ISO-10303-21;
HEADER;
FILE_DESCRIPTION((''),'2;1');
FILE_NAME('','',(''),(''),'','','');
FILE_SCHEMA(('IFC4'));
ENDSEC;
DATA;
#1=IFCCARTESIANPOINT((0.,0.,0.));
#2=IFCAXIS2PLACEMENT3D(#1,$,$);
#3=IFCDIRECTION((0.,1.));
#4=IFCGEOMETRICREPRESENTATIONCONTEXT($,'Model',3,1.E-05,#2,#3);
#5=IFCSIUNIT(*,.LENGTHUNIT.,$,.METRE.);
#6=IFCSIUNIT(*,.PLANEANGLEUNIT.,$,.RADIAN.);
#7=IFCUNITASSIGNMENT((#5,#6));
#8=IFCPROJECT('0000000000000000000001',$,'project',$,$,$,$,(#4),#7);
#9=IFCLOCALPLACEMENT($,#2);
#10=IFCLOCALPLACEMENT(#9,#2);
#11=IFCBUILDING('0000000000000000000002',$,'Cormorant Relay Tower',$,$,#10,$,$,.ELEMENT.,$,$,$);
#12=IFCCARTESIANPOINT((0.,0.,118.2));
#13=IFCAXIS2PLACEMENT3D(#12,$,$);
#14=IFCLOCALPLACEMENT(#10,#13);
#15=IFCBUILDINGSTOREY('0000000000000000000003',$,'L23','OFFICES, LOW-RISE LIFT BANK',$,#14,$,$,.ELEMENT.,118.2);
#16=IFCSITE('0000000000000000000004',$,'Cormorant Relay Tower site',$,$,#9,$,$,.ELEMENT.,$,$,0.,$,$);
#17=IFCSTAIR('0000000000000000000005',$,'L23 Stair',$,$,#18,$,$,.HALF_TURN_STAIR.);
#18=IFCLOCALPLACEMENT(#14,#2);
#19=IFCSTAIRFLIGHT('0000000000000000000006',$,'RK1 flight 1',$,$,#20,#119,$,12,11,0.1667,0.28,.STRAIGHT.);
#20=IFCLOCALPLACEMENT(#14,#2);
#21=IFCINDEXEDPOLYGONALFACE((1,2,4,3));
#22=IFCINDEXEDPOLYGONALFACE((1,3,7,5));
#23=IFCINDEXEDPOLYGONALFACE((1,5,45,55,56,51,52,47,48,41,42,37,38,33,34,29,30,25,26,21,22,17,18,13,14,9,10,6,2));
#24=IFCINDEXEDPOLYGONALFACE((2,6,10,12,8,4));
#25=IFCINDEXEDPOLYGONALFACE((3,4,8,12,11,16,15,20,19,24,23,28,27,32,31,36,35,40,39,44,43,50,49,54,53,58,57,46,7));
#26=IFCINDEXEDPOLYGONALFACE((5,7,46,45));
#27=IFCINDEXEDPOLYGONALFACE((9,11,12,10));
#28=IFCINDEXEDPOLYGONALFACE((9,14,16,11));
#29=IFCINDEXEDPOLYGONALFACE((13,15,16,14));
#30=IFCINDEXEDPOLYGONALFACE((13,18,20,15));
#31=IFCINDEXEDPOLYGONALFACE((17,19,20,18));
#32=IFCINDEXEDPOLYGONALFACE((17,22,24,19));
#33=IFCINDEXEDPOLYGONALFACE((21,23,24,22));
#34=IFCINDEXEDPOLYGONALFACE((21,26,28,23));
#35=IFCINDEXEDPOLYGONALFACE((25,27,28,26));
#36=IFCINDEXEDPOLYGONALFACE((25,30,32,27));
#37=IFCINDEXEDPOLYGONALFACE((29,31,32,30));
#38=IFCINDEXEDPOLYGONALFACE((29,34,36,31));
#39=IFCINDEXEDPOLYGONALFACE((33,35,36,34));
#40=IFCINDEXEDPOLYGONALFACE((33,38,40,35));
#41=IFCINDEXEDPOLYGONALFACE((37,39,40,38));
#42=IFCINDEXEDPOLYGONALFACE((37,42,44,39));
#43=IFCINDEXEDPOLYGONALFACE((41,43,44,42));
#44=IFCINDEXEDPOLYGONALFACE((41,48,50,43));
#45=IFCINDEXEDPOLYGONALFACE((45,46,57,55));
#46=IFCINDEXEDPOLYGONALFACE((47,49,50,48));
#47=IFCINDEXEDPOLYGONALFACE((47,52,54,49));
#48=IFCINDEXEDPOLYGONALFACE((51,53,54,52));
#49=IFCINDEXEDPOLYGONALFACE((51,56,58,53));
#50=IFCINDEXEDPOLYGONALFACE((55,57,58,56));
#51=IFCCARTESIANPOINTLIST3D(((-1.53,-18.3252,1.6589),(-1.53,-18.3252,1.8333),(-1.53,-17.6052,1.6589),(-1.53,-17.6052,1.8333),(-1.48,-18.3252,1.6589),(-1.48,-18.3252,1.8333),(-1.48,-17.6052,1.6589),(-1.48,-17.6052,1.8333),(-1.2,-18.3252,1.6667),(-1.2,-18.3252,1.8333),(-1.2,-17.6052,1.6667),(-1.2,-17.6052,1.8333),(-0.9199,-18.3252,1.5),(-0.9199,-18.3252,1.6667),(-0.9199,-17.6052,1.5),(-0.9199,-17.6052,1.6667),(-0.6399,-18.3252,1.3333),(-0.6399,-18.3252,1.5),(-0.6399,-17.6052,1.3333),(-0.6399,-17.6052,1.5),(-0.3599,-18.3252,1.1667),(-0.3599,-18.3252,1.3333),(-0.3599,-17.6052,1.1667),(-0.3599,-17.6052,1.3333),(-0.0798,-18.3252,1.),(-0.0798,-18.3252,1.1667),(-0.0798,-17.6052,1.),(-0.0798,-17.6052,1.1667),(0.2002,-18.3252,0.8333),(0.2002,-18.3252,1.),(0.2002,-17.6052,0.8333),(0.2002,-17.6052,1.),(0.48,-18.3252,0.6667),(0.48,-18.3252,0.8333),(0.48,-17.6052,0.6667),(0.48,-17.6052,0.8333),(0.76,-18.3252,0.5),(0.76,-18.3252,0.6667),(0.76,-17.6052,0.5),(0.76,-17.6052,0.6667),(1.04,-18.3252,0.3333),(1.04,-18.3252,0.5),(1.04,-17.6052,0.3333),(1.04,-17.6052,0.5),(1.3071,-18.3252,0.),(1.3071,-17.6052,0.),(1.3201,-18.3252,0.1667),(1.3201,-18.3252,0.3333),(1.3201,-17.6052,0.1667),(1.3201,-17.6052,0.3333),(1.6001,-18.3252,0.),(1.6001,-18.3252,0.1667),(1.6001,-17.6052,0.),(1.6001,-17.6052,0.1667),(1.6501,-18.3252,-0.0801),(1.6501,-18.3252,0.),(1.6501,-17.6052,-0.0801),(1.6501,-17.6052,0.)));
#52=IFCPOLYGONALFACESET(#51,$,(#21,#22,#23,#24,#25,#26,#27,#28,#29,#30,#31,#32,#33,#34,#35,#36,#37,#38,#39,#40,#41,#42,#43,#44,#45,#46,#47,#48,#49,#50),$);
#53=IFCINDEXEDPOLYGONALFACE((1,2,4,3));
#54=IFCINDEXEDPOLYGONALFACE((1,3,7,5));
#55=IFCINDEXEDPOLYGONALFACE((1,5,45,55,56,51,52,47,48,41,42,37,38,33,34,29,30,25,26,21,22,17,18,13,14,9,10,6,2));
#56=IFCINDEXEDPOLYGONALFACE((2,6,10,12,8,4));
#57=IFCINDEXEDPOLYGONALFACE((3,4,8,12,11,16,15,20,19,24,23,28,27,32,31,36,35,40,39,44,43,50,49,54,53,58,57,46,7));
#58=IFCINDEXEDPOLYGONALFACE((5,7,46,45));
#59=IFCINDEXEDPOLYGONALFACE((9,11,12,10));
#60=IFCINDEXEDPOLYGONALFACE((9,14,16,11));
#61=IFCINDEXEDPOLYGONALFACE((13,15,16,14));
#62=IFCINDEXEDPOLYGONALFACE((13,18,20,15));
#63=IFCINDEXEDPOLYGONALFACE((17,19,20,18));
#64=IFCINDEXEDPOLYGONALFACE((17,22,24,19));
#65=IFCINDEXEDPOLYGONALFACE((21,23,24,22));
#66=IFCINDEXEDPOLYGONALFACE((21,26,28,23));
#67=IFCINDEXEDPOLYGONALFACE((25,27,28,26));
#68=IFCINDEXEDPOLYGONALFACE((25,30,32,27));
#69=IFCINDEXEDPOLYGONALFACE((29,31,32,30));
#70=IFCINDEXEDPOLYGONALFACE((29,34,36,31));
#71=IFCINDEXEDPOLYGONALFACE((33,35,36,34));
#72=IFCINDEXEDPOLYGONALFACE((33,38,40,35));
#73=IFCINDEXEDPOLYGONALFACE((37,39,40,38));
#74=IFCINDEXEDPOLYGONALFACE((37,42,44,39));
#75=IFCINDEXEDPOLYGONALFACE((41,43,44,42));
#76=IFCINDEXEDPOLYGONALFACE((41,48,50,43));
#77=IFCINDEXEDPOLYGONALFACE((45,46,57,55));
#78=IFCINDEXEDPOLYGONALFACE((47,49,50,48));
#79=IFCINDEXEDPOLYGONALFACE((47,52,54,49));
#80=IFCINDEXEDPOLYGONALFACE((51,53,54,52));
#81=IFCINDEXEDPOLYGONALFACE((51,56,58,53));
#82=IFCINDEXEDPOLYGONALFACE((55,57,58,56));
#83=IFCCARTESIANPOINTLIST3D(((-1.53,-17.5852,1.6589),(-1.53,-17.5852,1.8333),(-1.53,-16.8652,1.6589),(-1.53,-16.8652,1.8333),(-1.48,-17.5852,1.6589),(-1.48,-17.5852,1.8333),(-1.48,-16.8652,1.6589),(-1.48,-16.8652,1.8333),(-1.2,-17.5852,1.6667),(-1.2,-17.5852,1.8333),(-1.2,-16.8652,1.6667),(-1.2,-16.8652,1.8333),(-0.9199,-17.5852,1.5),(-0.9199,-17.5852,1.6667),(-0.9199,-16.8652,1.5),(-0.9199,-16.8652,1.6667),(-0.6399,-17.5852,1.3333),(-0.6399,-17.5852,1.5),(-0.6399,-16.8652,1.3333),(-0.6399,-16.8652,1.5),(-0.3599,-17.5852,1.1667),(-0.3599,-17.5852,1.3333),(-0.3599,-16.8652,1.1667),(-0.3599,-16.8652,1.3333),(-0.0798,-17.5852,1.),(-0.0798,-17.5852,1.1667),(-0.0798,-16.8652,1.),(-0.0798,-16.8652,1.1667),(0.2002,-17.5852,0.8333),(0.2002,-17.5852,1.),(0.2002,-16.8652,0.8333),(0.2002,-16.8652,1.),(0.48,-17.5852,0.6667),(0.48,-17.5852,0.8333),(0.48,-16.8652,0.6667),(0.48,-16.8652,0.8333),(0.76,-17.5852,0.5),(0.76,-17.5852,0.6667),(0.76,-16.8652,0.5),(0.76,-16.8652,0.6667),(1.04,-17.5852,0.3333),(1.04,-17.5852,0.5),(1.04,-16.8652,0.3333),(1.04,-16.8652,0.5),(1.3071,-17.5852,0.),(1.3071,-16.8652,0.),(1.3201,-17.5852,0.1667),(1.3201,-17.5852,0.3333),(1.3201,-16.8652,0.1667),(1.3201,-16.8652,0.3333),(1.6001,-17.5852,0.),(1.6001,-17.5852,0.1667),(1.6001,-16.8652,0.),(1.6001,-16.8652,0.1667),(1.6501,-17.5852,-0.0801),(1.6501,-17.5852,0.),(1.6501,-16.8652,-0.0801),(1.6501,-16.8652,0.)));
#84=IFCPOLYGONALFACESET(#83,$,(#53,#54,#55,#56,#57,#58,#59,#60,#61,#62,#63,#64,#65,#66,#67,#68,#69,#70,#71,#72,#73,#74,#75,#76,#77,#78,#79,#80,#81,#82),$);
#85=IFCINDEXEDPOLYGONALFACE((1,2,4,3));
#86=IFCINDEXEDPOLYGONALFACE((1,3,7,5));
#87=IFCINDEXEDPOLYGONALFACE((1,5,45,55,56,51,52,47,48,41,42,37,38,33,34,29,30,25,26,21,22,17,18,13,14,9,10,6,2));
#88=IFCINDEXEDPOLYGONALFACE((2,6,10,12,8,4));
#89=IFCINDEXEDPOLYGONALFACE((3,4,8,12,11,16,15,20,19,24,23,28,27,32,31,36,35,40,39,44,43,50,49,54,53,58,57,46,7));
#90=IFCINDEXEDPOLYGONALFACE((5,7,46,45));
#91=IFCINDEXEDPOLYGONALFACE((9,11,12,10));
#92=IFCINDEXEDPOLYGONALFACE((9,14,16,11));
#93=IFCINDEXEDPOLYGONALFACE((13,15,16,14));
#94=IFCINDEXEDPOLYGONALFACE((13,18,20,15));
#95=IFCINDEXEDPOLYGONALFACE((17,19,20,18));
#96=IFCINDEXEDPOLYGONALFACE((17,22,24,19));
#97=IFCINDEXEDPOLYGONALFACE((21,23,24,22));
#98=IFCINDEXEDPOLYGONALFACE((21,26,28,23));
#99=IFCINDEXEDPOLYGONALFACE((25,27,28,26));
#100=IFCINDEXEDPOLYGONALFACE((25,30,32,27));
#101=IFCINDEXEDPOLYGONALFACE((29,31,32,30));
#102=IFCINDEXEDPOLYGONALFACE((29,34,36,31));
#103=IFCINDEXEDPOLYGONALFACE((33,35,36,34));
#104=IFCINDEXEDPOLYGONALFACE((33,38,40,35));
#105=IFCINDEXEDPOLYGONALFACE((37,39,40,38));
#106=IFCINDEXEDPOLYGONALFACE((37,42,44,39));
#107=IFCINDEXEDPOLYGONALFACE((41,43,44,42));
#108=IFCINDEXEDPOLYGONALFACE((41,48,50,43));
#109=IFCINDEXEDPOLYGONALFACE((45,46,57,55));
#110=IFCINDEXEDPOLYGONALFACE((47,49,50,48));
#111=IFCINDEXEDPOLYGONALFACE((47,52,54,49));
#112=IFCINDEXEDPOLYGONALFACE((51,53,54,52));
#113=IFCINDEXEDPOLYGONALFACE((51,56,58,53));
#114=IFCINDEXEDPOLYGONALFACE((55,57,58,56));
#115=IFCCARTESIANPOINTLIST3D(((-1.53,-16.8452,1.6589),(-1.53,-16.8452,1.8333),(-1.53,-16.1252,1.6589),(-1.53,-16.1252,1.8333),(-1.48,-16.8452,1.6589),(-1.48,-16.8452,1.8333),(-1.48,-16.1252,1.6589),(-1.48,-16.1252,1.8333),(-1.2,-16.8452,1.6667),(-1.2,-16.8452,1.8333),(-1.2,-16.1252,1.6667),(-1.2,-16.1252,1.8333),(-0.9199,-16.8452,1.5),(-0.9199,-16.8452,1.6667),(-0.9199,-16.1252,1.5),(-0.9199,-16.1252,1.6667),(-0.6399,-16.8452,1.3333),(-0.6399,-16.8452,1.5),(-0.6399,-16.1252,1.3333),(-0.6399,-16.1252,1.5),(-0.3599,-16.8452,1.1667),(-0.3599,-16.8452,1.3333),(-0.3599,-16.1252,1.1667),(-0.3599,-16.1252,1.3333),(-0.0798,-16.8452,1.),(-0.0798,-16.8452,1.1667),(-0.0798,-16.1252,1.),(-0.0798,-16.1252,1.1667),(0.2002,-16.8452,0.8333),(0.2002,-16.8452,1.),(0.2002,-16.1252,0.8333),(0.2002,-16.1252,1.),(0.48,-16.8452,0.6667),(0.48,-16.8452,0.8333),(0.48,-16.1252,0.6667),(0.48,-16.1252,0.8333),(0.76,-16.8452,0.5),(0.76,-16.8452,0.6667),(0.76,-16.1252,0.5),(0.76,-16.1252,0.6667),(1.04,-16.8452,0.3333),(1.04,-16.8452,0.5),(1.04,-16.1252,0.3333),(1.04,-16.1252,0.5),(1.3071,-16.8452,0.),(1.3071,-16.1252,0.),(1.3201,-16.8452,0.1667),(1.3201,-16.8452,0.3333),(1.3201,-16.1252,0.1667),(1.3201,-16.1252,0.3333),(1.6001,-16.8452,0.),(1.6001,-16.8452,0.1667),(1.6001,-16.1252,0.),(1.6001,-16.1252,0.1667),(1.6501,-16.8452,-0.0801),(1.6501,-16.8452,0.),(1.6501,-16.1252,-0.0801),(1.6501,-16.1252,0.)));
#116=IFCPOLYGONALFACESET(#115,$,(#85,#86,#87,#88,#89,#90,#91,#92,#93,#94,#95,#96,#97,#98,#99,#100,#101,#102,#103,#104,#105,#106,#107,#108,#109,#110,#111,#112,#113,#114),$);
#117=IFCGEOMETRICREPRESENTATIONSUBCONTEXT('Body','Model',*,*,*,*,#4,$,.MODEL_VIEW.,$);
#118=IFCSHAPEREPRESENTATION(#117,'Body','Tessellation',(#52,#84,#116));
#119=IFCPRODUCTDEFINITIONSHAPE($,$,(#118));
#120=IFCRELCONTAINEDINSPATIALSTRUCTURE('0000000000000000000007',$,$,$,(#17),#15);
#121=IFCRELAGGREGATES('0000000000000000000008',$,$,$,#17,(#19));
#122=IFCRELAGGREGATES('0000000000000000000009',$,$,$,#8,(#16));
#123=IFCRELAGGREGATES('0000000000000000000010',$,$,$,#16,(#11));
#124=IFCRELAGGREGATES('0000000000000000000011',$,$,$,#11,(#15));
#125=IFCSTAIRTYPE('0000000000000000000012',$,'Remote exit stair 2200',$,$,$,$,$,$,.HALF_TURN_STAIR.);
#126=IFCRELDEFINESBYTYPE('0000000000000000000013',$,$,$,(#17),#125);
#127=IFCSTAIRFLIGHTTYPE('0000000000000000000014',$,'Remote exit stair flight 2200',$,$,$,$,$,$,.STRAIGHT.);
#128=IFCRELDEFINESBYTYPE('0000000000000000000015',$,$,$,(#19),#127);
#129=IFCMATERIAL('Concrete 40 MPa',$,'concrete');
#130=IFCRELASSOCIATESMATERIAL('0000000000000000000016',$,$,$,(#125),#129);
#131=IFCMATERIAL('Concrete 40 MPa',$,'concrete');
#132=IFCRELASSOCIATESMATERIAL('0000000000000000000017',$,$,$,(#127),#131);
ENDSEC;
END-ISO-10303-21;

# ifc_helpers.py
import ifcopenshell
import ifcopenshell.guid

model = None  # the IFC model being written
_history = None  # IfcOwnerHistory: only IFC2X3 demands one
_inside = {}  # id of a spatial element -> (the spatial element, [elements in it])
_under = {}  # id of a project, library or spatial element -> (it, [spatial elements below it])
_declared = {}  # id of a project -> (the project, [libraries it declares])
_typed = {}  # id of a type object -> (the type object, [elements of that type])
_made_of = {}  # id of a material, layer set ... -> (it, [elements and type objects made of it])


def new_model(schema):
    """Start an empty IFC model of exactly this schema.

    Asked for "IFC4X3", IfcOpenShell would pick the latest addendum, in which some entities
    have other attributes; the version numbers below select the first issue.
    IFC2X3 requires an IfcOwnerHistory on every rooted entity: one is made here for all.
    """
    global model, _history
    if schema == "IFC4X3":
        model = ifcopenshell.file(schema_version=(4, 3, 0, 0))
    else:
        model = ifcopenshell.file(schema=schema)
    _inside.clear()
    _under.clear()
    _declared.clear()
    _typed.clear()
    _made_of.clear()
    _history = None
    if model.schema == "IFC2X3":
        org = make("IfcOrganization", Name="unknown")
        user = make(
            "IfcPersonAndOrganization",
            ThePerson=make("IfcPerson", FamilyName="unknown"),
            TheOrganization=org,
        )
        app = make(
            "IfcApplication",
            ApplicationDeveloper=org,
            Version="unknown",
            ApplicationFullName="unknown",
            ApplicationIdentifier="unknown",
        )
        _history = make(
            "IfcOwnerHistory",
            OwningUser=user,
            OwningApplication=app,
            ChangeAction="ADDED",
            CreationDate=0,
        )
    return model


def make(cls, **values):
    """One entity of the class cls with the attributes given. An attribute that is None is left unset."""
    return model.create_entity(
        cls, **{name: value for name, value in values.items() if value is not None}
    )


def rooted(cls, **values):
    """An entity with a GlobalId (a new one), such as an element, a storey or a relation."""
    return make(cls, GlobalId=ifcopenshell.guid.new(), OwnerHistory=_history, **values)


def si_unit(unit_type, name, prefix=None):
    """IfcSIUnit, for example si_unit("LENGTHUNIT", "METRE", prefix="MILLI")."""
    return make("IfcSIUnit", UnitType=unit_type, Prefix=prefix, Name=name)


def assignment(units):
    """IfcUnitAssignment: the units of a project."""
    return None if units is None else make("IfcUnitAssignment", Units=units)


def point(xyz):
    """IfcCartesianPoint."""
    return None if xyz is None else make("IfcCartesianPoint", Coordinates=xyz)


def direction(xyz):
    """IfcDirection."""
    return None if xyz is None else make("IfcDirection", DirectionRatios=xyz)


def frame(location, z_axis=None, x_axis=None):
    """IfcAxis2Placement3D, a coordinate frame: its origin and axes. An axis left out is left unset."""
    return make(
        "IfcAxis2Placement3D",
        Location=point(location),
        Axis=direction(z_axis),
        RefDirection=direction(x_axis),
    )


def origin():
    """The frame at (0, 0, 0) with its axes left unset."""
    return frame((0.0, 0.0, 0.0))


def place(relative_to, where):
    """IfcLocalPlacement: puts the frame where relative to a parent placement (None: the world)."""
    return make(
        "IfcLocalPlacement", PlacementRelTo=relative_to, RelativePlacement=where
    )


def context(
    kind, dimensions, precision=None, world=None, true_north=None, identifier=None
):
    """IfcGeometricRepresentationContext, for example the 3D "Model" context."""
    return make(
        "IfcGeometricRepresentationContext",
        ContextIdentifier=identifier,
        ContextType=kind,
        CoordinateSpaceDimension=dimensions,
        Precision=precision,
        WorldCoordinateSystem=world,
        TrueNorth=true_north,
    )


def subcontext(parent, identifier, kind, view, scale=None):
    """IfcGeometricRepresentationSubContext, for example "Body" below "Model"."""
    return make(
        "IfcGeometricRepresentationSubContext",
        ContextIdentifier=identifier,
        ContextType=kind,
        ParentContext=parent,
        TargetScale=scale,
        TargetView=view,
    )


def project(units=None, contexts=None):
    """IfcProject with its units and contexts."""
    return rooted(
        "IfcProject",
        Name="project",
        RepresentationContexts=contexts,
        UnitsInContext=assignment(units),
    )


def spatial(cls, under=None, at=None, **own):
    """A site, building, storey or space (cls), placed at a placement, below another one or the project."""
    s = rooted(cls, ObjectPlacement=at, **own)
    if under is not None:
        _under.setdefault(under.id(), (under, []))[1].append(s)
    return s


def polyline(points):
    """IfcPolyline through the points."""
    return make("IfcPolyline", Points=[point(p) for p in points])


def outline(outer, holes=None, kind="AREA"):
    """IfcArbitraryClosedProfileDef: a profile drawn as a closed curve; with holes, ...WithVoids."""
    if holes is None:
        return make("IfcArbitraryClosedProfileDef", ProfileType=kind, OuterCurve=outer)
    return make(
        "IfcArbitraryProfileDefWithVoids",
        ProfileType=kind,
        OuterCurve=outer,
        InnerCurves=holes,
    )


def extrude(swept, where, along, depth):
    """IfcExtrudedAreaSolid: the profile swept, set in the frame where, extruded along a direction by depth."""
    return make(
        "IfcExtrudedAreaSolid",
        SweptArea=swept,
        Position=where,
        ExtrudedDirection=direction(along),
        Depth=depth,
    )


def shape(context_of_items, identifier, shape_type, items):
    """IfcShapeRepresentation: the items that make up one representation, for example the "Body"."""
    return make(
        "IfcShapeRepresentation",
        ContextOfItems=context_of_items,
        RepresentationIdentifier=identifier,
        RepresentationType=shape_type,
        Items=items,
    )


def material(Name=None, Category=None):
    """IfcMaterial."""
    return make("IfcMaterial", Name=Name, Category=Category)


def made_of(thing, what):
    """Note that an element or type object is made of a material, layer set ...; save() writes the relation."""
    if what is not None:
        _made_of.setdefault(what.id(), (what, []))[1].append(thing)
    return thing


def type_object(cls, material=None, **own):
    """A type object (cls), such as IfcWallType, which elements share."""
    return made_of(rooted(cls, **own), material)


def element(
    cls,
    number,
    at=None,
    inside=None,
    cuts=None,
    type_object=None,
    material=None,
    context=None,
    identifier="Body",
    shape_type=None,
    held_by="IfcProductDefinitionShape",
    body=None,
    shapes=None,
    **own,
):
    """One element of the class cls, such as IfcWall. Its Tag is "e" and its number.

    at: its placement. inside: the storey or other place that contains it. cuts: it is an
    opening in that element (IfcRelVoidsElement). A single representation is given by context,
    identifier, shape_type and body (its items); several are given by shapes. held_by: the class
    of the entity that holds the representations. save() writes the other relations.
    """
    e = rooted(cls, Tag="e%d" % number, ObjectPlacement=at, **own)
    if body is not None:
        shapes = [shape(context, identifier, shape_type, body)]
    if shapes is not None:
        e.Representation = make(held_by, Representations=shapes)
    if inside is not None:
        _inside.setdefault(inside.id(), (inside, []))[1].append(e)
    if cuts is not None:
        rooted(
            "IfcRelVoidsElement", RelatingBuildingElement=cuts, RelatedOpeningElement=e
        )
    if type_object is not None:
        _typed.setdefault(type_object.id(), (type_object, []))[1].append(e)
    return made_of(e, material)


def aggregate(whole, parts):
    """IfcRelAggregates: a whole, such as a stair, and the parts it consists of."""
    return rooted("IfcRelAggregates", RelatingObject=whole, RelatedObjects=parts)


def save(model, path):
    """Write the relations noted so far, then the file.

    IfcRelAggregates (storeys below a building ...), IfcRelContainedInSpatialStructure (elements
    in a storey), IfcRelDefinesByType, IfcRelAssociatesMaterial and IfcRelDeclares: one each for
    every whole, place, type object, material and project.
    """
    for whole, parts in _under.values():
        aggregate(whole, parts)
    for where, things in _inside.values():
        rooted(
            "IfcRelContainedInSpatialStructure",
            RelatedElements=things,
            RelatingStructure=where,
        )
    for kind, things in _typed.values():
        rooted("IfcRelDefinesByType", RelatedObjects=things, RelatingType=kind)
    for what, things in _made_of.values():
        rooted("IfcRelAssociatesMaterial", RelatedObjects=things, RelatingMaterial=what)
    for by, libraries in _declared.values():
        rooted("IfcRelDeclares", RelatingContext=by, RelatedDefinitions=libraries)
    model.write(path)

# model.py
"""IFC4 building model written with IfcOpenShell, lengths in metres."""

from ifc_helpers import new_model, si_unit, direction, frame, origin, place, context, subcontext, project, spatial, polyline, outline, extrude, material, type_object, element, aggregate, save


model = new_model("IFC4")

# Units and contexts
model_context = context("Model", 3, precision=1e-05, world=origin(), true_north=direction((0.0, 1.0)))
body_context = subcontext(model_context, "Body", "Model", "MODEL_VIEW")
ifc_project = project(units=[si_unit("LENGTHUNIT", "METRE"), si_unit("PLANEANGLEUNIT", "RADIAN")], contexts=[model_context])

# Site, building, storey
site_placement = place(None, origin())
site = spatial("IfcSite", under=ifc_project, at=site_placement, Name="Cormorant Relay Tower site", CompositionType="ELEMENT", RefElevation=0.0)
building_placement = place(site_placement, origin())
building = spatial("IfcBuilding", under=site, at=building_placement, Name="Cormorant Relay Tower", CompositionType="ELEMENT")
storey_placement = place(building_placement, frame((0.0, 0.0, 118.2)))
storey = spatial("IfcBuildingStorey", under=building, at=storey_placement, Name="L23", Description="OFFICES, LOW-RISE LIFT BANK", CompositionType="ELEMENT", Elevation=118.2)

# Stair, stair flight
ifc_material_1 = material(Name="Concrete 40 MPa", Category="concrete")
stair_type = type_object("IfcStairType", Name="Remote exit stair 2200", PredefinedType="HALF_TURN_STAIR", material=ifc_material_1)
stair_placement = place(storey_placement, origin())
stair = element("IfcStair", 1, at=stair_placement, inside=storey, type_object=stair_type, Name="L23 Stair", PredefinedType="HALF_TURN_STAIR")
ifc_material_2 = material(Name="Concrete 40 MPa", Category="concrete")
stair_flight_type = type_object("IfcStairFlightType", Name="Remote exit stair flight 2200", PredefinedType="STRAIGHT", material=ifc_material_2)
stair_flight_1_placement = place(storey_placement, frame((1.6001, -17.2251, 0.0), z_axis=(0.0, 0.0, 1.0), x_axis=(-1.0, 0.0, 0.0)))
stair_flight_1 = element("IfcStairFlight", 2, at=stair_flight_1_placement, type_object=stair_flight_type, Name="RK1 flight 1", NumberOfRisers=12, NumberOfTreads=11, PredefinedType="STRAIGHT", RiserHeight=0.1667, TreadLength=0.28, context=body_context, shape_type="SweptSolid", body=[
    extrude(outline(polyline([(-0.05, -0.0801), (-0.05, 0.0), (0.0, 0.0), (0.0, 0.1667), (0.28, 0.1667), (0.28, 0.3333), (0.5601, 0.3333), (0.5601, 0.5), (0.8401, 0.5), (0.8401, 0.6667), (1.1201, 0.6667), (1.1201, 0.8333), (1.3999, 0.8333), (1.3999, 1.0), (1.6799, 1.0), (1.6799, 1.1667), (1.96, 1.1667), (1.96, 1.3333), (2.24, 1.3333), (2.24, 1.5), (2.52, 1.5), (2.52, 1.6667), (2.8, 1.6667), (2.8, 1.8333), (3.0801, 1.8333), (3.1301, 1.8333), (3.1301, 1.6589), (3.0801, 1.6589), (0.293, 0.0), (-0.05, -0.0801)])), frame((0.0, 1.1001, 0.0), z_axis=(0.0, -1.0, 0.0), x_axis=(1.0, 0.0, 0.0)), (0.0, 0.0, 1.0), 0.72),
    extrude(outline(polyline([(-0.05, -0.0801), (-0.05, 0.0), (0.0, 0.0), (0.0, 0.1667), (0.28, 0.1667), (0.28, 0.3333), (0.5601, 0.3333), (0.5601, 0.5), (0.8401, 0.5), (0.8401, 0.6667), (1.1201, 0.6667), (1.1201, 0.8333), (1.3999, 0.8333), (1.3999, 1.0), (1.6799, 1.0), (1.6799, 1.1667), (1.96, 1.1667), (1.96, 1.3333), (2.24, 1.3333), (2.24, 1.5), (2.52, 1.5), (2.52, 1.6667), (2.8, 1.6667), (2.8, 1.8333), (3.0801, 1.8333), (3.1301, 1.8333), (3.1301, 1.6589), (3.0801, 1.6589), (0.293, 0.0), (-0.05, -0.0801)])), frame((0.0, 0.3601, 0.0), z_axis=(0.0, -1.0, 0.0), x_axis=(1.0, 0.0, 0.0)), (0.0, 0.0, 1.0), 0.72),
    extrude(outline(polyline([(-0.05, -0.0801), (-0.05, 0.0), (0.0, 0.0), (0.0, 0.1667), (0.28, 0.1667), (0.28, 0.3333), (0.5601, 0.3333), (0.5601, 0.5), (0.8401, 0.5), (0.8401, 0.6667), (1.1201, 0.6667), (1.1201, 0.8333), (1.3999, 0.8333), (1.3999, 1.0), (1.6799, 1.0), (1.6799, 1.1667), (1.96, 1.1667), (1.96, 1.3333), (2.24, 1.3333), (2.24, 1.5), (2.52, 1.5), (2.52, 1.6667), (2.8, 1.6667), (2.8, 1.8333), (3.0801, 1.8333), (3.1301, 1.8333), (3.1301, 1.6589), (3.0801, 1.6589), (0.293, 0.0), (-0.05, -0.0801)])), frame((0.0, -0.3799, 0.0), z_axis=(0.0, -1.0, 0.0), x_axis=(1.0, 0.0, 0.0)), (0.0, 0.0, 1.0), 0.72),
])
aggregate(stair, [stair_flight_1])

save(model, "model.ifc")
